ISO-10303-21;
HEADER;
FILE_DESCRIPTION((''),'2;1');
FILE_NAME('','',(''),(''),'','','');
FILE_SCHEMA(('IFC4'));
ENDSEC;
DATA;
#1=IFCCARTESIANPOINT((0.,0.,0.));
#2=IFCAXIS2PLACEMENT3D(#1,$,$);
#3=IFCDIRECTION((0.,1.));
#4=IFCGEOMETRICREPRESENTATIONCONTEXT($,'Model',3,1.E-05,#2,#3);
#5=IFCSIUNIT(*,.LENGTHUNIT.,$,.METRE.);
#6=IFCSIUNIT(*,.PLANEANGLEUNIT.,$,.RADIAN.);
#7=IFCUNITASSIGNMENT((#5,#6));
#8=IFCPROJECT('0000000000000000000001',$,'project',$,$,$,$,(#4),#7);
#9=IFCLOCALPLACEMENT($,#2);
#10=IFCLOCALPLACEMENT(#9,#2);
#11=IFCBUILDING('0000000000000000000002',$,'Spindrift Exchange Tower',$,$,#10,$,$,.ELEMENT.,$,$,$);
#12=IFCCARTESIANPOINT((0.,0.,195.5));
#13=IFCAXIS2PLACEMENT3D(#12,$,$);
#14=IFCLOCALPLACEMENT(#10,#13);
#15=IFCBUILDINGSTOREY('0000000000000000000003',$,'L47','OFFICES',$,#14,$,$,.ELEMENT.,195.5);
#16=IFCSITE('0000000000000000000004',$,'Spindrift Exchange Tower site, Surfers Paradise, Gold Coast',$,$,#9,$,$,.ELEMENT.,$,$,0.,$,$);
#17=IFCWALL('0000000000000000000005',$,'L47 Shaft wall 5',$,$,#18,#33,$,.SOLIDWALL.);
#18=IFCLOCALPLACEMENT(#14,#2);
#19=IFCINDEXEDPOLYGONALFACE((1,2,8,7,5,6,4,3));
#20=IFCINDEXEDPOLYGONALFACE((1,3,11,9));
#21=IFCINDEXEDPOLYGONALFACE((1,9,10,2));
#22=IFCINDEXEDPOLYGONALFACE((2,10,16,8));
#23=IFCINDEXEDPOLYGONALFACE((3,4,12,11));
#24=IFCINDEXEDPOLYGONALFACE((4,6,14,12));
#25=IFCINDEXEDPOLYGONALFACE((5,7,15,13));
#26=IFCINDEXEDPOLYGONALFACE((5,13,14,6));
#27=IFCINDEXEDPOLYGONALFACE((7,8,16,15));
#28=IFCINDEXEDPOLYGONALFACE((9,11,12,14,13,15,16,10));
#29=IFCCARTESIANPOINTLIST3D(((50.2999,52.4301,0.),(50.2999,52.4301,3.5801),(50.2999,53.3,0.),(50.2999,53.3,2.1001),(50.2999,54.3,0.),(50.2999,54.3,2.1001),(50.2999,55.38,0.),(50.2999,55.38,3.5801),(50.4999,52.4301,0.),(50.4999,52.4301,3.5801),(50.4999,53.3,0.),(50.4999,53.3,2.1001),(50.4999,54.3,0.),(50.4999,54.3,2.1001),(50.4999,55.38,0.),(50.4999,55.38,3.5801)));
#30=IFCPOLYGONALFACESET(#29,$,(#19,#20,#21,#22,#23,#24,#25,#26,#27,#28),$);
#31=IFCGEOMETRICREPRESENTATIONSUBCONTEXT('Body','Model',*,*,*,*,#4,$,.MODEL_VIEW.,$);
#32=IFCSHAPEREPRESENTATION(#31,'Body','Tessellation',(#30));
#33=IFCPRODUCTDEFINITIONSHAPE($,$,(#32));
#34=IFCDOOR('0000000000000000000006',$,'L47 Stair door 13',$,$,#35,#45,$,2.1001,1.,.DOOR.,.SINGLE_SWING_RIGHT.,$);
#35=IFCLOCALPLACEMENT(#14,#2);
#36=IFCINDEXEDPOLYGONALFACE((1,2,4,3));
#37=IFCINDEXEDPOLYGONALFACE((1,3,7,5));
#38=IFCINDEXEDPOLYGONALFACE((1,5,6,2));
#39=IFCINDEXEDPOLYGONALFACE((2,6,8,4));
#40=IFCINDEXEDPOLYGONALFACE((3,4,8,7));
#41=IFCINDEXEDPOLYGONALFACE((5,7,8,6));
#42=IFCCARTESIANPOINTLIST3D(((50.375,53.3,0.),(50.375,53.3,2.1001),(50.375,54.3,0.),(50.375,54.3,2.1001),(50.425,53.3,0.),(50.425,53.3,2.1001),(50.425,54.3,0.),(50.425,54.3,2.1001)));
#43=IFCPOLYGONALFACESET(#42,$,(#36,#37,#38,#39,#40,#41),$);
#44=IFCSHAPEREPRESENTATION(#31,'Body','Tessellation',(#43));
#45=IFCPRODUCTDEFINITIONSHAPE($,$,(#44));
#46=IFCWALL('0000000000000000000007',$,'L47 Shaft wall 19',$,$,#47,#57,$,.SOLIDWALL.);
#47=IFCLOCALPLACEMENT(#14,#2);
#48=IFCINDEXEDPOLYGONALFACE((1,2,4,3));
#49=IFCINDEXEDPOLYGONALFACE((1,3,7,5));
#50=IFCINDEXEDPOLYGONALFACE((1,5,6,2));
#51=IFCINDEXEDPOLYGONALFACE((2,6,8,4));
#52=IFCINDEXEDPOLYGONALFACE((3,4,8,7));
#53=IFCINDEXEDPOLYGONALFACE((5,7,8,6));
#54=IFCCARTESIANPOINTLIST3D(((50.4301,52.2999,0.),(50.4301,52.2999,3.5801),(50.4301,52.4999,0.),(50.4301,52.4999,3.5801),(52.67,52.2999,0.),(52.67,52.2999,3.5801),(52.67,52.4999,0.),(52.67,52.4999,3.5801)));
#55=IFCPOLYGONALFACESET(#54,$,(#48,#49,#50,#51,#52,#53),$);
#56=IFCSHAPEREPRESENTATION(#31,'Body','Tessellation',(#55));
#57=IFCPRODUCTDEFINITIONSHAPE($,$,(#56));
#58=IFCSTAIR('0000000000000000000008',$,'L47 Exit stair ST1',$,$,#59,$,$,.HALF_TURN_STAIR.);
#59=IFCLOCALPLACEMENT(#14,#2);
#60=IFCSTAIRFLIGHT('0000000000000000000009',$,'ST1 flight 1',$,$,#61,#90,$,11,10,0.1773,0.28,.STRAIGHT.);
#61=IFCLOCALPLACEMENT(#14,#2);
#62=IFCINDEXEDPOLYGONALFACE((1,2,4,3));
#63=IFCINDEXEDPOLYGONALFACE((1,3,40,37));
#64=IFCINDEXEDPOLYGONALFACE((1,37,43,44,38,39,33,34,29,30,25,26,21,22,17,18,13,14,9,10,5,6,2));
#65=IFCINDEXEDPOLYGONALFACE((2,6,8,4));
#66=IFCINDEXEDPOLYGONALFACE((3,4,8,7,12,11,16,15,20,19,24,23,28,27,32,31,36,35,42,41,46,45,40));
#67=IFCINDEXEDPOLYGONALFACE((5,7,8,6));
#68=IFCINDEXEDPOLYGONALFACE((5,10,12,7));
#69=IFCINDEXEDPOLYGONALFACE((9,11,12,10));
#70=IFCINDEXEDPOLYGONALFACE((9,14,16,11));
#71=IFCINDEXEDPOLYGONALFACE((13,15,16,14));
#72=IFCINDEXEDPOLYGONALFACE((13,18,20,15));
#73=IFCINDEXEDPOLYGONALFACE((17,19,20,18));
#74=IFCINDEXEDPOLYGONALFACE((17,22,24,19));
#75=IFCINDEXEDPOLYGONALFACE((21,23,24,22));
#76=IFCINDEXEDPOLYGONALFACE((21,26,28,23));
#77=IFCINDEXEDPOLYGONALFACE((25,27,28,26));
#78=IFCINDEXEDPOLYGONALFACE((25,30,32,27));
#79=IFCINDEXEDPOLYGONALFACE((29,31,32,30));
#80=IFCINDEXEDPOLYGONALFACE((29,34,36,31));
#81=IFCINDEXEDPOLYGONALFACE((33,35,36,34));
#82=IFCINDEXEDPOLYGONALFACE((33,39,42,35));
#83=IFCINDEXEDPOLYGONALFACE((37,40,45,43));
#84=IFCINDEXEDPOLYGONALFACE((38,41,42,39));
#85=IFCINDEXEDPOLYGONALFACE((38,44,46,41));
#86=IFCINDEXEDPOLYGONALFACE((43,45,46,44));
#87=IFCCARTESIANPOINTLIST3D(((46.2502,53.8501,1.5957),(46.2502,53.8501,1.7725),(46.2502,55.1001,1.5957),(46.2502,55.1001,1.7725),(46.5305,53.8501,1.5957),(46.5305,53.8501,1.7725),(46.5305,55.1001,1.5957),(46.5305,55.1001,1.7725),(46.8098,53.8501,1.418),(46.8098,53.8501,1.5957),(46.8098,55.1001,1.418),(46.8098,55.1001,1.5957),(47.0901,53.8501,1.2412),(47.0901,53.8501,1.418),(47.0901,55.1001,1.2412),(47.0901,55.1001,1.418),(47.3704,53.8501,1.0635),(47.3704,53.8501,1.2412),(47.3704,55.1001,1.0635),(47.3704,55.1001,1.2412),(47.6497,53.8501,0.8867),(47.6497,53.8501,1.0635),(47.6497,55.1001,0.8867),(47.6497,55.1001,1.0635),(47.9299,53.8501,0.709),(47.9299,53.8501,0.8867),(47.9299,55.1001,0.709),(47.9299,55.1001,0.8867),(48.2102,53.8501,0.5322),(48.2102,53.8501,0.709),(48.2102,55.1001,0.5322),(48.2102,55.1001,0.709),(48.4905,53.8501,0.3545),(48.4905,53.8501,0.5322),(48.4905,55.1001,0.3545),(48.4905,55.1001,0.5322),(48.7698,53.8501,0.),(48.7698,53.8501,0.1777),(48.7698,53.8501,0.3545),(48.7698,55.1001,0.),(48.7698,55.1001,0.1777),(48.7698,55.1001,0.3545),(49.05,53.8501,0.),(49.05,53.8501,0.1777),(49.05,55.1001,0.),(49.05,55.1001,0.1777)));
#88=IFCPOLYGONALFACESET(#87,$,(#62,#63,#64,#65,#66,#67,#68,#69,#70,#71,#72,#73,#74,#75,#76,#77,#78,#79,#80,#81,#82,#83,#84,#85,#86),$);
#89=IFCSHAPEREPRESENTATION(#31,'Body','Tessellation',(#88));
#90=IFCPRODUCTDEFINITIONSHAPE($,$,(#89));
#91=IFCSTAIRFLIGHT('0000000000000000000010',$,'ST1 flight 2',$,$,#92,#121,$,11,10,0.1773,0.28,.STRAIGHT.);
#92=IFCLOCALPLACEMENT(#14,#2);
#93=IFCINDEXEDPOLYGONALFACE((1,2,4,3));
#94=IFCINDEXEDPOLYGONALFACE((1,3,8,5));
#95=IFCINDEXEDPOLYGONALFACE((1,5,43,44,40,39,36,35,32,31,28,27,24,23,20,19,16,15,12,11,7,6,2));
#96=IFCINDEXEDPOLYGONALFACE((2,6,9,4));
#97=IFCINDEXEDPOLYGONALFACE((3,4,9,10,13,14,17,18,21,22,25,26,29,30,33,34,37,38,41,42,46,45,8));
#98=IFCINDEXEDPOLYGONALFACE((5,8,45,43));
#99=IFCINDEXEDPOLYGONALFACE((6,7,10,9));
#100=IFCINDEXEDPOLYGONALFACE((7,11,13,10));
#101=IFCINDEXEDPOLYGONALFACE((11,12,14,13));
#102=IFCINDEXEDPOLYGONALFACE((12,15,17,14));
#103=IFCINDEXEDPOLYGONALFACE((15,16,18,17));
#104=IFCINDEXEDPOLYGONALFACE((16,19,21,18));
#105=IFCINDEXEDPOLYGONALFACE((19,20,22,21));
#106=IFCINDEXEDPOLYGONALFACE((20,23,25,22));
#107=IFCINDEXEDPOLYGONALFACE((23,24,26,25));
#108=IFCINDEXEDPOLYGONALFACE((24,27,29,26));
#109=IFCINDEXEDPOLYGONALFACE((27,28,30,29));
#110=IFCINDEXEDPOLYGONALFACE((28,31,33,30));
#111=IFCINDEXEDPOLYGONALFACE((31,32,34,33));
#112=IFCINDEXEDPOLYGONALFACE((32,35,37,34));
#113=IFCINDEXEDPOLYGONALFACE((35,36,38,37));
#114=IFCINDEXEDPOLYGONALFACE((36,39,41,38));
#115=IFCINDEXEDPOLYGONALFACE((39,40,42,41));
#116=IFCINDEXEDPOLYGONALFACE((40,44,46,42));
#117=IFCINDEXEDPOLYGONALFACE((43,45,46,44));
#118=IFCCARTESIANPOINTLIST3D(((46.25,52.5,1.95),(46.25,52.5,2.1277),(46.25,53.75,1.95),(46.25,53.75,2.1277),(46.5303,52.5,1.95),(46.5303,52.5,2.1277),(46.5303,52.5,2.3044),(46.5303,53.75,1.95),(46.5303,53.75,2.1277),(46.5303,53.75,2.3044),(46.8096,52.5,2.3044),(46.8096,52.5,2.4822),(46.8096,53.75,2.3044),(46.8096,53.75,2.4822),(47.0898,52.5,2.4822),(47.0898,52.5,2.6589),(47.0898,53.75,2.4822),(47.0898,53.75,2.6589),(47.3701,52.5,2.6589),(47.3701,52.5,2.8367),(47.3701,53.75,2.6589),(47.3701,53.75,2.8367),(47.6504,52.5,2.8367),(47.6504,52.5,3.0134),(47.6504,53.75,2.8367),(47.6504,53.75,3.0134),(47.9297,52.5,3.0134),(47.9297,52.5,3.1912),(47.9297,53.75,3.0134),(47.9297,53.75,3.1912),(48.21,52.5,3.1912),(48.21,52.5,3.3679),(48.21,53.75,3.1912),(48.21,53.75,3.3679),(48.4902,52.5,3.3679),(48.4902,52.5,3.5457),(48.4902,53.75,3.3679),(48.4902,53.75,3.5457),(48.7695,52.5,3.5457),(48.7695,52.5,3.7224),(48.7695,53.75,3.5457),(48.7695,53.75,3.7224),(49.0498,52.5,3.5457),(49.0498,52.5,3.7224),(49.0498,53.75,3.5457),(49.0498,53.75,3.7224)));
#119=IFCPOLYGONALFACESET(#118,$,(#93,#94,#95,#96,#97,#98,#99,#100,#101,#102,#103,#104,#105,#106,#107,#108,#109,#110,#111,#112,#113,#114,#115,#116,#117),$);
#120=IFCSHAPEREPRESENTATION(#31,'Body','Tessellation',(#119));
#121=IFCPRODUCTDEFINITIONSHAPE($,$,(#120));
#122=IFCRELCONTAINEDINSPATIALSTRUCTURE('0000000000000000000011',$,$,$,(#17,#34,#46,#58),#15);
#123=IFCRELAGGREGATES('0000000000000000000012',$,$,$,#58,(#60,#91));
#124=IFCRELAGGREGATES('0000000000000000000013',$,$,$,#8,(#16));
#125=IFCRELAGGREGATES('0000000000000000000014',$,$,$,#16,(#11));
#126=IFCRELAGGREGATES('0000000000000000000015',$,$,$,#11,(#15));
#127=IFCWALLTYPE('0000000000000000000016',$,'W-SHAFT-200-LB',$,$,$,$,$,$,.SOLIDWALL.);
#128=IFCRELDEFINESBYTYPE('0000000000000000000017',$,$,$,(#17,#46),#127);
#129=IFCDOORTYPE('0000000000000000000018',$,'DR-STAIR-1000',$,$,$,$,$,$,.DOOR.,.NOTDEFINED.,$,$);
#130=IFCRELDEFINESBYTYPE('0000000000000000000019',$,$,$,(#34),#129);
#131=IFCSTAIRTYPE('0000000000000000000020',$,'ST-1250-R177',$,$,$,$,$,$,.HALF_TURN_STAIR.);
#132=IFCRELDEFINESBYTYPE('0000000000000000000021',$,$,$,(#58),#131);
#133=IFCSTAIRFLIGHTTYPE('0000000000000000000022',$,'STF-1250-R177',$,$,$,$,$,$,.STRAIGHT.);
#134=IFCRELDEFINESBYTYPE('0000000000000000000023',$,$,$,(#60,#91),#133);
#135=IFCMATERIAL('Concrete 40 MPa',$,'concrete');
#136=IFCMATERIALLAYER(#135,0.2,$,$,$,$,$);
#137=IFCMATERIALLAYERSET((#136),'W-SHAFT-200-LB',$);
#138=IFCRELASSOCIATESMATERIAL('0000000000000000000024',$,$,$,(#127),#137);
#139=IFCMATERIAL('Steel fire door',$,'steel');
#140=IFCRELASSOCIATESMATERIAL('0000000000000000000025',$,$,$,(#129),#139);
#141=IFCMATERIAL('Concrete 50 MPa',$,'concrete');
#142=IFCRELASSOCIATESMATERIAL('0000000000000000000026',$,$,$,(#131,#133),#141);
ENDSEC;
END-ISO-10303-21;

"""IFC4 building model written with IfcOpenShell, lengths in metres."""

from ifc_helpers import new_model, si_unit, direction, frame, frame_2d, origin, place, context, subcontext, project, spatial, line, indexed_curve, rectangle, outline, extrude, source, transform, mapped, material, layer, layer_set, type_object, element, fill, aggregate, save


model = new_model("IFC4")

# Units and contexts
model_context = context("Model", 3, precision=1e-05, world=origin(), true_north=direction((0.0, 1.0)))
body_context = subcontext(model_context, "Body", "Model", "MODEL_VIEW")
ifc_project = project(units=[si_unit("LENGTHUNIT", "METRE"), si_unit("PLANEANGLEUNIT", "RADIAN")], contexts=[model_context])

# Site, building, storey
site_placement = place(None, origin())
site = spatial("IfcSite", under=ifc_project, at=site_placement, Name="Spindrift Exchange Tower site, Surfers Paradise, Gold Coast", CompositionType="ELEMENT", RefElevation=0.0)
building_placement = place(site_placement, origin())
building = spatial("IfcBuilding", under=site, at=building_placement, Name="Spindrift Exchange Tower", CompositionType="ELEMENT")
storey_placement = place(building_placement, frame((0.0, 0.0, 195.5)))
storey = spatial("IfcBuildingStorey", under=building, at=storey_placement, Name="L47", Description="OFFICES", CompositionType="ELEMENT", Elevation=195.5)

# Shared definitions
ifc_material_1 = material(Name="Concrete 50 MPa", Category="concrete")

# Shared definitions
ifc_material_2 = material(Name="Concrete 40 MPa", Category="concrete")
ifc_layer_1 = layer(ifc_material_2, 0.2)
ifc_layer_set_1 = layer_set([ifc_layer_1], Name="W-SHAFT-200-LB")
wall_type_1 = type_object("IfcWallType", Name="W-SHAFT-200-LB", PredefinedType="SOLIDWALL", material=ifc_layer_set_1)

# Wall, opening, door
wall_1_placement = place(storey_placement, frame((50.3999, 52.4299, 0.0), z_axis=(0.0, 0.0, 1.0), x_axis=(0.0, 1.0, 0.0)))
wall_1 = element("IfcWall", 1, at=wall_1_placement, inside=storey, type_object=wall_type_1, Name="L47 Shaft wall 5", PredefinedType="SOLIDWALL", context=body_context, shape_type="SweptSolid", body=[
    extrude(rectangle(XDim=2.95, YDim=0.2, at=frame_2d((1.4751, 0.0))), origin(), (0.0, 0.0, 1.0), 3.5801),
])
opening_1_placement = place(wall_1_placement, frame((0.8701, 0.0, 0.0)))
opening_1 = element("IfcOpeningElement", 2, at=opening_1_placement, cuts=wall_1, PredefinedType="OPENING", context=body_context, shape_type="SweptSolid", body=[
    extrude(rectangle(XDim=1.0, YDim=2.1001, at=frame_2d((0.5, 1.05))), frame((0.0, 0.1099, 0.0), z_axis=(0.0, -1.0, 0.0), x_axis=(1.0, 0.0, 0.0)), (0.0, 0.0, 1.0), 0.22),
])
ifc_material_3 = material(Name="Steel fire door", Category="steel")
door_type_1 = type_object("IfcDoorType", Name="DR-STAIR-1000", OperationType="NOTDEFINED", PredefinedType="DOOR", material=ifc_material_3)
shared_shape_1 = source(origin(), body_context, "Body", "SweptSolid", [
    extrude(rectangle(XDim=1.0, YDim=2.1001, at=frame_2d((0.5, 1.05))), frame((0.0, 0.0249, 0.0), z_axis=(0.0, -1.0, 0.0), x_axis=(1.0, 0.0, 0.0)), (0.0, 0.0, 1.0), 0.05),
])
door_1_placement = place(opening_1_placement, origin())
door_1 = element("IfcDoor", 3, at=door_1_placement, inside=storey, type_object=door_type_1, Name="L47 Stair door 13", OperationType="SINGLE_SWING_RIGHT", OverallHeight=2.1001, OverallWidth=1.0, PredefinedType="DOOR", context=body_context, shape_type="MappedRepresentation", body=[
    mapped(shared_shape_1, transform((0.0, 0.0, 0.0), scale=1.0)),
])
fill(opening_1, door_1)

# Wall
wall_2_placement = place(storey_placement, frame((50.4299, 52.3999, 0.0), z_axis=(0.0, 0.0, 1.0), x_axis=(1.0, 0.0, 0.0)))
element("IfcWall", 4, at=wall_2_placement, inside=storey, type_object=wall_type_1, Name="L47 Shaft wall 19", PredefinedType="SOLIDWALL", context=body_context, shape_type="SweptSolid", body=[
    extrude(rectangle(XDim=2.24, YDim=0.2, at=frame_2d((1.1201, 0.0))), origin(), (0.0, 0.0, 1.0), 3.5801),
])

# Stair, stair flights
stair_type = type_object("IfcStairType", Name="ST-1250-R177", PredefinedType="HALF_TURN_STAIR", material=ifc_material_1)
stair_placement = place(storey_placement, origin())
stair = element("IfcStair", 5, at=stair_placement, inside=storey, type_object=stair_type, Name="L47 Exit stair ST1", PredefinedType="HALF_TURN_STAIR")
stair_flight_type = type_object("IfcStairFlightType", Name="STF-1250-R177", PredefinedType="STRAIGHT", material=ifc_material_1)
stair_flight_1_placement = place(storey_placement, frame((49.05, 54.4751, 0.0), z_axis=(0.0, 0.0, 1.0), x_axis=(-1.0, 0.0, 0.0)))
stair_flight_1 = element("IfcStairFlight", 6, at=stair_flight_1_placement, type_object=stair_flight_type, Name="ST1 flight 1", NumberOfRisers=11, NumberOfTreads=10, PredefinedType="STRAIGHT", RiserHeight=0.1773, TreadLength=0.28, context=body_context, shape_type="SweptSolid", body=[
    extrude(outline(indexed_curve([(0.0, 0.0), (0.0, 0.1777), (0.2803, 0.1777), (0.2803, 0.3545), (0.5596, 0.3545), (0.5596, 0.5322), (0.8398, 0.5322), (0.8398, 0.709), (1.1201, 0.709), (1.1201, 0.8867), (1.4004, 0.8867), (1.4004, 1.0635), (1.6797, 1.0635), (1.6797, 1.2412), (1.96, 1.2412), (1.96, 1.418), (2.2402, 1.418), (2.2402, 1.5957), (2.5195, 1.5957), (2.5195, 1.7725), (2.7998, 1.7725), (2.7998, 1.9502), (2.7998, 1.5957), (0.2803, 0.0)], segments=[line(1, 2, 3, 4, 5, 6, 7, 8, 9, 10, 11, 12, 13, 14, 15, 16, 17, 18, 19, 20, 21, 22, 23, 24, 1)], self_intersect=False)), frame((0.0, 0.625, 0.0), z_axis=(0.0, -1.0, 0.0), x_axis=(1.0, 0.0, 0.0)), (0.0, 0.0, 1.0), 1.25),
])
stair_flight_2_placement = place(storey_placement, frame((46.25, 53.125, 1.95), z_axis=(0.0, 0.0, 1.0), x_axis=(1.0, 0.0, 0.0)))
stair_flight_2 = element("IfcStairFlight", 7, at=stair_flight_2_placement, type_object=stair_flight_type, Name="ST1 flight 2", NumberOfRisers=11, NumberOfTreads=10, PredefinedType="STRAIGHT", RiserHeight=0.1773, TreadLength=0.28, context=body_context, shape_type="SweptSolid", body=[
    extrude(outline(indexed_curve([(0.0, 0.0), (0.0, 0.1777), (0.2803, 0.1777), (0.2803, 0.3545), (0.5596, 0.3545), (0.5596, 0.5322), (0.8398, 0.5322), (0.8398, 0.709), (1.1201, 0.709), (1.1201, 0.8867), (1.4004, 0.8867), (1.4004, 1.0635), (1.6797, 1.0635), (1.6797, 1.2412), (1.96, 1.2412), (1.96, 1.418), (2.2402, 1.418), (2.2402, 1.5957), (2.5195, 1.5957), (2.5195, 1.7725), (2.7998, 1.7725), (2.7998, 1.9502), (2.7998, 1.5957), (0.2803, 0.0)], segments=[line(1, 2, 3, 4, 5, 6, 7, 8, 9, 10, 11, 12, 13, 14, 15, 16, 17, 18, 19, 20, 21, 22, 23, 24, 1)], self_intersect=False)), frame((0.0, 0.625, 0.0), z_axis=(0.0, -1.0, 0.0), x_axis=(1.0, 0.0, 0.0)), (0.0, 0.0, 1.0), 1.25),
])
aggregate(stair, [stair_flight_1, stair_flight_2])

save(model, "model.ifc")
